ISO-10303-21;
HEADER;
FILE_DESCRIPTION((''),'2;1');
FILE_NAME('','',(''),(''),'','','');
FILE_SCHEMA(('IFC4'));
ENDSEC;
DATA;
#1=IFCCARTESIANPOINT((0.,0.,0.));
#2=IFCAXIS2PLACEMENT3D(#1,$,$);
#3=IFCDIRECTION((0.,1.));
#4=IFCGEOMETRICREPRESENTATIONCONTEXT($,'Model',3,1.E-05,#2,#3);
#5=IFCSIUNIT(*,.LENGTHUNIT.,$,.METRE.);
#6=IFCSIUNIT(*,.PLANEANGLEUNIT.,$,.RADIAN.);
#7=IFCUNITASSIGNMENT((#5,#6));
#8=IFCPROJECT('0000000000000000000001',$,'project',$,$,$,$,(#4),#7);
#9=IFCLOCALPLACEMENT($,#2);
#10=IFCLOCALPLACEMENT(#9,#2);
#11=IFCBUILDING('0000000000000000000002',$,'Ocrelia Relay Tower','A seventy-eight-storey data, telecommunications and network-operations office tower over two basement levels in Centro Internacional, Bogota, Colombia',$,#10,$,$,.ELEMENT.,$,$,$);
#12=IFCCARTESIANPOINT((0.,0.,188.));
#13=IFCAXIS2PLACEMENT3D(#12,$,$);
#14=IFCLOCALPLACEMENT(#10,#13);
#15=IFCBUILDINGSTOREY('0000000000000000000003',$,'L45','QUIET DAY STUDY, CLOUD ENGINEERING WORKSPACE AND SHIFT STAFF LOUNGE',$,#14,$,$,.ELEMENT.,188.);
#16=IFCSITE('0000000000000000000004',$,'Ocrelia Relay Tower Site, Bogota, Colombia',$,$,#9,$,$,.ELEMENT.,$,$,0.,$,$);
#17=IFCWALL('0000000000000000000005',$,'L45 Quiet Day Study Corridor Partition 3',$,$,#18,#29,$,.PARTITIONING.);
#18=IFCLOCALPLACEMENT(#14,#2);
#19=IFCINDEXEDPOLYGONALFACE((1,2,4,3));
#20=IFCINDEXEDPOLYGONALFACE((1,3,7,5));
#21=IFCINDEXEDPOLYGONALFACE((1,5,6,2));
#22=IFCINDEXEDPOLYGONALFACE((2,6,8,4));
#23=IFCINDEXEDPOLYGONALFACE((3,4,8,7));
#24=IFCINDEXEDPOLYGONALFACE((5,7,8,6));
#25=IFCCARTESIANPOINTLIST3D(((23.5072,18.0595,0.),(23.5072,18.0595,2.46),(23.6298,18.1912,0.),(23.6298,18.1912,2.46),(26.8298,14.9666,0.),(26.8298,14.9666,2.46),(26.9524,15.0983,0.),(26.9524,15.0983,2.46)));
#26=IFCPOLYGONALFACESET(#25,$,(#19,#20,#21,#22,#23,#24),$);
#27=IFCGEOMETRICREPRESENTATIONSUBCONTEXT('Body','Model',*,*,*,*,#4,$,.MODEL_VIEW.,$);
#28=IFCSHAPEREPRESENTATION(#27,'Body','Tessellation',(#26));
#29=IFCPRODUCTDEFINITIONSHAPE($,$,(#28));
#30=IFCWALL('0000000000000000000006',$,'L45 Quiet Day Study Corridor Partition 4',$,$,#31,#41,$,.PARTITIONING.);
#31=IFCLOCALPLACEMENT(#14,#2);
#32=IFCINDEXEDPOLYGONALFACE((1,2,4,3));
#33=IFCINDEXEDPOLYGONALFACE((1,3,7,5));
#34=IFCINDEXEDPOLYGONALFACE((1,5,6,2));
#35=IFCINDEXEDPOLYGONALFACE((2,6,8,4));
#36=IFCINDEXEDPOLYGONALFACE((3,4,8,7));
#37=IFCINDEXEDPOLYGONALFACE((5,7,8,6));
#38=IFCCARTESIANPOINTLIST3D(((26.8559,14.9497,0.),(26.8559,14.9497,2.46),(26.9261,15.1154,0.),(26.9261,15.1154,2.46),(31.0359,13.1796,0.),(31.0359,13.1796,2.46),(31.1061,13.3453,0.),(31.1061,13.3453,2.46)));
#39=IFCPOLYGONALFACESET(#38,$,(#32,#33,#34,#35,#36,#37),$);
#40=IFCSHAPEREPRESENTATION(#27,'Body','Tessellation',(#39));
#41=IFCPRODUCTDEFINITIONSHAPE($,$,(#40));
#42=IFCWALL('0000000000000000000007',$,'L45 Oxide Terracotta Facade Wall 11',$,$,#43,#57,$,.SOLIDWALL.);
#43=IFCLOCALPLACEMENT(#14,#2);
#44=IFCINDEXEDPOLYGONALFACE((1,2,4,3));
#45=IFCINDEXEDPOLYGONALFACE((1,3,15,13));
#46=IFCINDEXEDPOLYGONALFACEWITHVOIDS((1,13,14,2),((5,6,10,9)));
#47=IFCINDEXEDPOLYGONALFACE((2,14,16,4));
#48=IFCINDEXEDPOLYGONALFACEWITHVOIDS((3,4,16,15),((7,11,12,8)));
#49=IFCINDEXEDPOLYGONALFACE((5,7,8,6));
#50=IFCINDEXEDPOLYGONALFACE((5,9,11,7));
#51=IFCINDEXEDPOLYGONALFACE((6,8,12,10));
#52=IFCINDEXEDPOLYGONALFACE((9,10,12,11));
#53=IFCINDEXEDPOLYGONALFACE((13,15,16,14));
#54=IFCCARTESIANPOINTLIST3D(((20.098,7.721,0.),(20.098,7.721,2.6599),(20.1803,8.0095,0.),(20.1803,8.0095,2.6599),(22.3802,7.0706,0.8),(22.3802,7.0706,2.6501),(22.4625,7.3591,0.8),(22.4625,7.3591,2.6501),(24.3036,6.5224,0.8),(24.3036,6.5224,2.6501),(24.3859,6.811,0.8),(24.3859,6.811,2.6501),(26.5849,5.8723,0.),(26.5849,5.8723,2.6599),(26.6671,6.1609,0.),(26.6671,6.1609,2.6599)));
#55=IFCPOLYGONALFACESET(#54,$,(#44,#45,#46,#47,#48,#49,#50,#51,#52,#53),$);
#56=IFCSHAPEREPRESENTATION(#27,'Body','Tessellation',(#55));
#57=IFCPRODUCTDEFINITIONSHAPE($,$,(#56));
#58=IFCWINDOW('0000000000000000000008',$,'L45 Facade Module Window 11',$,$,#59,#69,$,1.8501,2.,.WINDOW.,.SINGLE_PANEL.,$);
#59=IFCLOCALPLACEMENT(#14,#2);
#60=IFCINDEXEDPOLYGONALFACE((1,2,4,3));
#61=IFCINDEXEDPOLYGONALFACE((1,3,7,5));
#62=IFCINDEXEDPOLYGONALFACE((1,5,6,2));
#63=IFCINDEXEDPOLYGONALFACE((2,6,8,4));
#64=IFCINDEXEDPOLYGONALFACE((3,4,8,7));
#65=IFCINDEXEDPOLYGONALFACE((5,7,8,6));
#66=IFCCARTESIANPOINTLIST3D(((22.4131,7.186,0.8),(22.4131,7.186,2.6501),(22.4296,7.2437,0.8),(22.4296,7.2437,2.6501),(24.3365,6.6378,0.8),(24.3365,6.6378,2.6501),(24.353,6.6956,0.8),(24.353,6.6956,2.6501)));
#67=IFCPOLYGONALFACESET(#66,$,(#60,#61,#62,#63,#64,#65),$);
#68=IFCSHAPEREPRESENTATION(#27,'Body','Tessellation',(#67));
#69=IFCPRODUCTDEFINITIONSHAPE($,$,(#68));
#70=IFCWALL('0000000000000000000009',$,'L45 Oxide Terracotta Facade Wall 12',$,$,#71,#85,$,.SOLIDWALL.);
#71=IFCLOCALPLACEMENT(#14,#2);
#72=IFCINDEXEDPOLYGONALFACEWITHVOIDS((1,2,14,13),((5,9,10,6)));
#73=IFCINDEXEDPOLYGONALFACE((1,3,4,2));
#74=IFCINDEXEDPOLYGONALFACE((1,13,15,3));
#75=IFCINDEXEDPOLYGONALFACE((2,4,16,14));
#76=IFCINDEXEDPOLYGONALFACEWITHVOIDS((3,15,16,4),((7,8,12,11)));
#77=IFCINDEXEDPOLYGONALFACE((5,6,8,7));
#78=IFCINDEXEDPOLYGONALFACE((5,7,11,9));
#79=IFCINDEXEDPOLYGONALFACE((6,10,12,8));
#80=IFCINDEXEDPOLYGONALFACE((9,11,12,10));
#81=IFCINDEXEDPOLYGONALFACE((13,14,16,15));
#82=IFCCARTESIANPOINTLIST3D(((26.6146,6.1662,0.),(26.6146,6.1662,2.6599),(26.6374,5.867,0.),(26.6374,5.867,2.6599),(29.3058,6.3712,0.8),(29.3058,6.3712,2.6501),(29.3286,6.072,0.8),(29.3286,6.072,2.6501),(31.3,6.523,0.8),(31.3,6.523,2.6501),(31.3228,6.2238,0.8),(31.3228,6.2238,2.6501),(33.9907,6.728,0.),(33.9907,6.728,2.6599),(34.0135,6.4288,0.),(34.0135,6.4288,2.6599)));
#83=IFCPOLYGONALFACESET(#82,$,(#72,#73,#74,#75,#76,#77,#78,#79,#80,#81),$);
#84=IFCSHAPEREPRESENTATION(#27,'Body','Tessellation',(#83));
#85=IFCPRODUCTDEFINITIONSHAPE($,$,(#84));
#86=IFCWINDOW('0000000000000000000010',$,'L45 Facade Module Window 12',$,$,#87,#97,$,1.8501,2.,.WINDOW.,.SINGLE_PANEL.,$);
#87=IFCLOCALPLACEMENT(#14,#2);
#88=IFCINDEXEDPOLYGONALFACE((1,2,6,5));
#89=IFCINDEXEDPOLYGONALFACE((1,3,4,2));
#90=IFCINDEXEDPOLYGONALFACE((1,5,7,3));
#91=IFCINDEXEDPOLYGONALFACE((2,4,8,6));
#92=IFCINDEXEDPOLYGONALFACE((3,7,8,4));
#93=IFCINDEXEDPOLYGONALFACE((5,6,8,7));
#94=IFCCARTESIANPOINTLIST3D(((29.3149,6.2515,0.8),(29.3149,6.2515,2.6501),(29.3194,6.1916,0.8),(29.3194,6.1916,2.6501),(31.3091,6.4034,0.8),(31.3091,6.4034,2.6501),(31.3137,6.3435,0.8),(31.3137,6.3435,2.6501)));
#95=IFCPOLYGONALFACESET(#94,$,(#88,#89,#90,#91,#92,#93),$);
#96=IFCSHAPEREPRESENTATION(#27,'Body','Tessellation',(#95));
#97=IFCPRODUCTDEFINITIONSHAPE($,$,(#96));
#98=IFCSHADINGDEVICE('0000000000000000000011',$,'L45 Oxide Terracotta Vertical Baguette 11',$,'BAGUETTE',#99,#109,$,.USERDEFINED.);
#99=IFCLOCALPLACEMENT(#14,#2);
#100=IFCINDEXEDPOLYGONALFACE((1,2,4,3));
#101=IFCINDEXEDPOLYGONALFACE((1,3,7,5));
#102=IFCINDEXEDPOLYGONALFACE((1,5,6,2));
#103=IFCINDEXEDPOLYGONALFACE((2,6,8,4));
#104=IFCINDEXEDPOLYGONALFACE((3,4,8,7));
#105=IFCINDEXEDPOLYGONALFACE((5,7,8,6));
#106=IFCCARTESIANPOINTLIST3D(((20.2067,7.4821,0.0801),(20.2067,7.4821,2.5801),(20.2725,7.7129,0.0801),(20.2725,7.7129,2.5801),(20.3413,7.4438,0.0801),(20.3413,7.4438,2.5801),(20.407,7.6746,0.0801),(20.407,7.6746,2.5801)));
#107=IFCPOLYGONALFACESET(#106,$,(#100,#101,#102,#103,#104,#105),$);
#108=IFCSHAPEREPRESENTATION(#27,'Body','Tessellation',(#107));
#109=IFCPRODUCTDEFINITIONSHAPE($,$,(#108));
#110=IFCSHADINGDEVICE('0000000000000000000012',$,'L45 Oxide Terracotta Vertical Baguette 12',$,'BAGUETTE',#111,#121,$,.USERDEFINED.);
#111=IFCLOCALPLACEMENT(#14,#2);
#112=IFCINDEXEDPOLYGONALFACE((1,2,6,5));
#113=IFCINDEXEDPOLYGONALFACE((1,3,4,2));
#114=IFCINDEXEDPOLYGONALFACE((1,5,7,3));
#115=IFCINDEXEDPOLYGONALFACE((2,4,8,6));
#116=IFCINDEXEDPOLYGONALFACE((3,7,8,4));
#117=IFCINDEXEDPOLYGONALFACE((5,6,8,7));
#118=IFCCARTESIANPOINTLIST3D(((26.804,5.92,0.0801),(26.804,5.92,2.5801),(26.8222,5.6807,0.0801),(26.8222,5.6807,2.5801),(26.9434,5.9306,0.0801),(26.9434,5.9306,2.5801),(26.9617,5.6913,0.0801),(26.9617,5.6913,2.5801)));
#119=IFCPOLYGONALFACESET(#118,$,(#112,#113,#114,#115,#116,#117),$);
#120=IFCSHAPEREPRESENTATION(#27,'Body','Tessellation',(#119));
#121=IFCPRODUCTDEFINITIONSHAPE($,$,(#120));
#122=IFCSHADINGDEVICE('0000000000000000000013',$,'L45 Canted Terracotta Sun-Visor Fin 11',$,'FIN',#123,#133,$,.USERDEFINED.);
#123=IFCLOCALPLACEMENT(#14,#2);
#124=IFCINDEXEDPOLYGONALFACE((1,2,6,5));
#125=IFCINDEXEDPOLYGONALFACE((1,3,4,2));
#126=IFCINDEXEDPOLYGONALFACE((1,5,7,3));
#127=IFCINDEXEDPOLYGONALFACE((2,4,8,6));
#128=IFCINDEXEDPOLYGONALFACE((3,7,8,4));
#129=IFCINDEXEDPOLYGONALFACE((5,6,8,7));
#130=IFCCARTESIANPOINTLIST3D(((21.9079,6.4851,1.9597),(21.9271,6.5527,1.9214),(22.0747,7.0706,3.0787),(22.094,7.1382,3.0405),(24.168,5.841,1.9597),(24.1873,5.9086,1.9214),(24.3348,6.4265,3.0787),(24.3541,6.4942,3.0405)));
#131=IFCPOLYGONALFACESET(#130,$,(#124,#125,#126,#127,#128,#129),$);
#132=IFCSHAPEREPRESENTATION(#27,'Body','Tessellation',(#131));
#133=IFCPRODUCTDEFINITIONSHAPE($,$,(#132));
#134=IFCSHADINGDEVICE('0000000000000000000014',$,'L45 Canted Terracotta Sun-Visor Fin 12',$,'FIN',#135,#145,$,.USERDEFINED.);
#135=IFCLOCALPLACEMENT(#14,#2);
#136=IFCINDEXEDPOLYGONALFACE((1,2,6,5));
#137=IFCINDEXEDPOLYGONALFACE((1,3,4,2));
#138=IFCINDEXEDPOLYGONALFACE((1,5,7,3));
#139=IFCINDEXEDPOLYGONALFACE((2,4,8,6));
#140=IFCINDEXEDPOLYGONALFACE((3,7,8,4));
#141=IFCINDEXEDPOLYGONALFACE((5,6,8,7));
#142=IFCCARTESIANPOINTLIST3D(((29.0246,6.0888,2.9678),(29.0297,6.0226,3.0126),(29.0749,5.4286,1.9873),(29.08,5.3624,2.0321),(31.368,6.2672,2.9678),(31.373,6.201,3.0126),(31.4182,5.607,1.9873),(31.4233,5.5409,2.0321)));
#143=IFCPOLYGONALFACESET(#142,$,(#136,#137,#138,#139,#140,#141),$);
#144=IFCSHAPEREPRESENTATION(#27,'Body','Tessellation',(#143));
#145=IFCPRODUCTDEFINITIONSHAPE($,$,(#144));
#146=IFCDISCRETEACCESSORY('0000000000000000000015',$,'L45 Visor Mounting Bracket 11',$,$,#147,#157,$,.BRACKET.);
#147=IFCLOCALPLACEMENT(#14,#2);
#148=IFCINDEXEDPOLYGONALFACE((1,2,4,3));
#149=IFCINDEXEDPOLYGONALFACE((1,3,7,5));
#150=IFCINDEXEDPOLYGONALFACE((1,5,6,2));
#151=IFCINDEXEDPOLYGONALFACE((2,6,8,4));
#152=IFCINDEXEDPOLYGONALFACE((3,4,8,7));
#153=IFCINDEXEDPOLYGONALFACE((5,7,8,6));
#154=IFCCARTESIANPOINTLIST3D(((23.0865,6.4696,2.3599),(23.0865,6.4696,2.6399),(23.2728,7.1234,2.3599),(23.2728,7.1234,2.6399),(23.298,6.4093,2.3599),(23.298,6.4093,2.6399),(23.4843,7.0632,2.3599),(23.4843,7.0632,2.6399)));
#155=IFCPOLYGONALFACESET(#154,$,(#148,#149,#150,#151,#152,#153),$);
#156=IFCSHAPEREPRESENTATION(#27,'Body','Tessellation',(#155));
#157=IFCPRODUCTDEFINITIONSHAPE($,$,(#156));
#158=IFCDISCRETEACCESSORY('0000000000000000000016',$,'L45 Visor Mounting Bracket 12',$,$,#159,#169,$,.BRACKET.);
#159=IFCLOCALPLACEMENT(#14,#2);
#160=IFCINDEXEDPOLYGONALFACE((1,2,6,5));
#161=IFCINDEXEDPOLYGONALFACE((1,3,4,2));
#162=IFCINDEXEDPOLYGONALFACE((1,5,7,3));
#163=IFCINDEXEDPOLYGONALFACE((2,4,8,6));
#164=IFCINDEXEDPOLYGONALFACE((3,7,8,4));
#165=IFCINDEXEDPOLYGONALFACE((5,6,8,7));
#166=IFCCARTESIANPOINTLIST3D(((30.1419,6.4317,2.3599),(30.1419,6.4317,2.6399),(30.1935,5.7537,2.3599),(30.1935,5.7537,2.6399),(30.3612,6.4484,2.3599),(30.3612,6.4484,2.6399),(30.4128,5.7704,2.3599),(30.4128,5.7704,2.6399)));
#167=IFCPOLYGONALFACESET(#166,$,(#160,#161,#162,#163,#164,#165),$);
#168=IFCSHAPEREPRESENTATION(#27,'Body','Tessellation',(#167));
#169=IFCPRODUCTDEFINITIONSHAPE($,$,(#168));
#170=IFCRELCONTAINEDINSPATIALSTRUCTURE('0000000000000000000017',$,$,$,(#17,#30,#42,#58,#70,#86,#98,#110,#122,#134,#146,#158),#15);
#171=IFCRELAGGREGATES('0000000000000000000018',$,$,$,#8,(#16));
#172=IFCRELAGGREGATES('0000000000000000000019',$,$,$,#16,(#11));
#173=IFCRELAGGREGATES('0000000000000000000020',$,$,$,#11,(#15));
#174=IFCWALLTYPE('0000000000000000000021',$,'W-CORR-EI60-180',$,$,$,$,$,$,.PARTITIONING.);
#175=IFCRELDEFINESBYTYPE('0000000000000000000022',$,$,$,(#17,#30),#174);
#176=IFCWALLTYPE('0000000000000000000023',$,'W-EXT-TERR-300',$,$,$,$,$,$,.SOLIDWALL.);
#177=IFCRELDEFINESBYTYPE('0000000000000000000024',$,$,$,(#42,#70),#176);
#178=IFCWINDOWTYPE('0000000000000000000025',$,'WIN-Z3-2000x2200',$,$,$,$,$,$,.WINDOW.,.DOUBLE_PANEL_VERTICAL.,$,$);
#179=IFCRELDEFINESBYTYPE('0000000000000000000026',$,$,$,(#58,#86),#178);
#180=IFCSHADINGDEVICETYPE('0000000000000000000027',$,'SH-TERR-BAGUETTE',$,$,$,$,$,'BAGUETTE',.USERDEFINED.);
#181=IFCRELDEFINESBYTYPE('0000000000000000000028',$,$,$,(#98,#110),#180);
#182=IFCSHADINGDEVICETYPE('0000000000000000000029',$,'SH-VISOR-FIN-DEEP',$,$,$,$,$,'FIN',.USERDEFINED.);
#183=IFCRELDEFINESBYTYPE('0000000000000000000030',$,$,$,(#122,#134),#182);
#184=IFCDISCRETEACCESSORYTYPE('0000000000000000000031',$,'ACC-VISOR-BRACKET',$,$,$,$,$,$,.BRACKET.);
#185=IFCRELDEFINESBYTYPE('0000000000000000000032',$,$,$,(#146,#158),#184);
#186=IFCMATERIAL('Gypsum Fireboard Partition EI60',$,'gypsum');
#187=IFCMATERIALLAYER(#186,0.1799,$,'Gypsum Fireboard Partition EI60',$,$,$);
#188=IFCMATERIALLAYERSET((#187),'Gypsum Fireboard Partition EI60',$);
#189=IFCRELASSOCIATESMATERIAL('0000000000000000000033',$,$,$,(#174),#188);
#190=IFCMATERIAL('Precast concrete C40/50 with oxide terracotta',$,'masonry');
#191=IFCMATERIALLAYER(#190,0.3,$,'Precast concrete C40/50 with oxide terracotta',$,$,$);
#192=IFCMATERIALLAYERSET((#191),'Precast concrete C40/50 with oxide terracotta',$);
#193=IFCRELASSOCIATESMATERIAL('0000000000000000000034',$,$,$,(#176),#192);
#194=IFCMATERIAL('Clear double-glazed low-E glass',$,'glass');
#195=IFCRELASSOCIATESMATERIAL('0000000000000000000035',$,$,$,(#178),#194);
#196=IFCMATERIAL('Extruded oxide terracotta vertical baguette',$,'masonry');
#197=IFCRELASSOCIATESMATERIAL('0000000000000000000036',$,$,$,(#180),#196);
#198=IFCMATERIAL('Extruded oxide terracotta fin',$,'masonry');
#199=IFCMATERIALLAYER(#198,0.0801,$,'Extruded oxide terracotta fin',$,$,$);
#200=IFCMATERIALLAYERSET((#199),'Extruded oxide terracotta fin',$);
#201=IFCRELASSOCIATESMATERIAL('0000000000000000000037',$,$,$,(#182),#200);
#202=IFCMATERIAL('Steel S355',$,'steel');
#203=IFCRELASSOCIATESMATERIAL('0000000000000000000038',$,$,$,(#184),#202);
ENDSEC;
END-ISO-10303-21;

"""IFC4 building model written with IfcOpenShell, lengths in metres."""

from ifc_helpers import new_model, si_unit, direction, frame, frame_2d, origin, origin_2d, place, context, subcontext, project, spatial, rectangle, extrude, material, layer, layer_set, type_object, element, fill, save


model = new_model("IFC4")

# Units and contexts
model_context = context("Model", 3, precision=1e-05, world=origin(), true_north=direction((0.0, 1.0)))
body_context = subcontext(model_context, "Body", "Model", "MODEL_VIEW")
ifc_project = project(units=[si_unit("LENGTHUNIT", "METRE"), si_unit("PLANEANGLEUNIT", "RADIAN")], contexts=[model_context])

# Site, building, storey
site_placement = place(None, origin())
site = spatial("IfcSite", under=ifc_project, at=site_placement, Name="Ocrelia Relay Tower Site, Bogota, Colombia", CompositionType="ELEMENT", RefElevation=0.0)
building_placement = place(site_placement, origin())
building = spatial("IfcBuilding", under=site, at=building_placement, Name="Ocrelia Relay Tower", Description="A seventy-eight-storey data, telecommunications and network-operations office tower over two basement levels in Centro Internacional, Bogota, Colombia", CompositionType="ELEMENT")
storey_placement = place(building_placement, frame((0.0, 0.0, 188.0)))
storey = spatial("IfcBuildingStorey", under=building, at=storey_placement, Name="L45", Description="QUIET DAY STUDY, CLOUD ENGINEERING WORKSPACE AND SHIFT STAFF LOUNGE", CompositionType="ELEMENT", Elevation=188.0)

# Shared definitions
ifc_material_1 = material(Name="Steel S355", Category="steel")

# Walls
ifc_material_2 = material(Name="Gypsum Fireboard Partition EI60", Category="gypsum")
ifc_layer_1 = layer(ifc_material_2, 0.1799, Name="Gypsum Fireboard Partition EI60")
ifc_layer_set_1 = layer_set([ifc_layer_1], Name="Gypsum Fireboard Partition EI60")
wall_type_1 = type_object("IfcWallType", Name="W-CORR-EI60-180", PredefinedType="PARTITIONING", material=ifc_layer_set_1)
for number, where, z_axis, x_axis, name in (
    (1, (23.5686, 18.1252, 0.0), (0.0, 0.0, 1.0), (0.73196, -0.681348, 0.0), "L45 Quiet Day Study Corridor Partition 3"),
    (2, (26.8911, 15.0325, 0.0), (0.0, 0.0, 1.0), (0.920842, -0.389936, 0.0), "L45 Quiet Day Study Corridor Partition 4"),
):
    element("IfcWall", number, at=place(storey_placement, frame(where, z_axis=z_axis, x_axis=x_axis)), inside=storey, type_object=wall_type_1, Name=name, PredefinedType="PARTITIONING", context=body_context, shape_type="SweptSolid", body=[
        extrude(rectangle(XDim=4.5393, YDim=0.1799, at=frame_2d((2.2695, 0.0))), origin(), (0.0, 0.0, 1.0), 2.46),
    ])

# Walls, openings, windows
ifc_material_3 = material(Name="Precast concrete C40/50 with oxide terracotta", Category="masonry")
ifc_layer_2 = layer(ifc_material_3, 0.3, Name="Precast concrete C40/50 with oxide terracotta")
ifc_layer_set_2 = layer_set([ifc_layer_2], Name="Precast concrete C40/50 with oxide terracotta")
wall_type_2 = type_object("IfcWallType", Name="W-EXT-TERR-300", PredefinedType="SOLIDWALL", material=ifc_layer_set_2)
wall_1_placement = place(storey_placement, frame((20.1392, 7.8652, 0.0), z_axis=(0.0, 0.0, 1.0), x_axis=(0.961709, -0.274071, 0.0)))
wall_1 = element("IfcWall", 3, at=wall_1_placement, inside=storey, type_object=wall_type_2, Name="L45 Oxide Terracotta Facade Wall 11", PredefinedType="SOLIDWALL", context=body_context, shape_type="SweptSolid", body=[
    extrude(rectangle(XDim=6.7451, YDim=0.3, at=frame_2d((3.3726, 0.0))), origin(), (0.0, 0.0, 1.0), 2.6599),
])
opening_1_placement = place(wall_1_placement, frame((2.373, 0.0, 0.8)))
opening_1 = element("IfcOpeningElement", 4, at=opening_1_placement, cuts=wall_1, PredefinedType="OPENING", context=body_context, shape_type="SweptSolid", body=[
    extrude(rectangle(XDim=2.0, YDim=1.8501, at=frame_2d((1.0, 0.925))), frame((0.0, 0.1602, 0.0), z_axis=(0.0, -1.0, 0.0), x_axis=(1.0, 0.0, 0.0)), (0.0, 0.0, 1.0), 0.3201),
])
ifc_material_4 = material(Name="Clear double-glazed low-E glass", Category="glass")
window_type = type_object("IfcWindowType", Name="WIN-Z3-2000x2200", PartitioningType="DOUBLE_PANEL_VERTICAL", PredefinedType="WINDOW", material=ifc_material_4)
window_1_placement = place(opening_1_placement, origin())
window_1 = element("IfcWindow", 5, at=window_1_placement, inside=storey, type_object=window_type, Name="L45 Facade Module Window 11", OverallHeight=1.8501, OverallWidth=2.0, PartitioningType="SINGLE_PANEL", PredefinedType="WINDOW", context=body_context, shape_type="SweptSolid", body=[
    extrude(rectangle(XDim=2.0, YDim=1.8501, at=frame_2d((1.0, 0.925))), frame((0.0, 0.03, 0.0), z_axis=(0.0, -1.0, 0.0), x_axis=(1.0, 0.0, 0.0)), (0.0, 0.0, 1.0), 0.0601),
])
fill(opening_1, window_1)
wall_2_placement = place(storey_placement, frame((26.626, 6.0166, 0.0), z_axis=(0.0, 0.0, 1.0), x_axis=(0.997112, 0.075939, 0.0)))
wall_2 = element("IfcWall", 6, at=wall_2_placement, inside=storey, type_object=wall_type_2, Name="L45 Oxide Terracotta Facade Wall 12", PredefinedType="SOLIDWALL", context=body_context, shape_type="SweptSolid", body=[
    extrude(rectangle(XDim=7.3975, YDim=0.3, at=frame_2d((3.6987, 0.0))), origin(), (0.0, 0.0, 1.0), 2.6599),
])
opening_2_placement = place(wall_2_placement, frame((2.699, 0.0, 0.8)))
opening_2 = element("IfcOpeningElement", 7, at=opening_2_placement, cuts=wall_2, PredefinedType="OPENING", context=body_context, shape_type="SweptSolid", body=[
    extrude(rectangle(XDim=2.0, YDim=1.8501, at=frame_2d((1.0, 0.925))), frame((0.0, 0.1602, 0.0), z_axis=(0.0, -1.0, 0.0), x_axis=(1.0, 0.0, 0.0)), (0.0, 0.0, 1.0), 0.3201),
])
window_2_placement = place(opening_2_placement, origin())
window_2 = element("IfcWindow", 8, at=window_2_placement, inside=storey, type_object=window_type, Name="L45 Facade Module Window 12", OverallHeight=1.8501, OverallWidth=2.0, PartitioningType="SINGLE_PANEL", PredefinedType="WINDOW", context=body_context, shape_type="SweptSolid", body=[
    extrude(rectangle(XDim=2.0, YDim=1.8501, at=frame_2d((1.0, 0.925))), frame((0.0, 0.03, 0.0), z_axis=(0.0, -1.0, 0.0), x_axis=(1.0, 0.0, 0.0)), (0.0, 0.0, 1.0), 0.0601),
])
fill(opening_2, window_2)

# Shading devices
ifc_material_5 = material(Name="Extruded oxide terracotta vertical baguette", Category="masonry")
shading_device_type_1 = type_object("IfcShadingDeviceType", Name="SH-TERR-BAGUETTE", ElementType="BAGUETTE", PredefinedType="USERDEFINED", material=ifc_material_5)
for number, where, z_axis, x_axis, name in (
    (9, (20.3069, 7.5784, 0.0801), (0.0, 0.0, 1.0), (0.961711, -0.274067, 0.0), "L45 Oxide Terracotta Vertical Baguette 11"),
    (10, (26.8828, 5.8057, 0.0801), (0.0, 0.0, 1.0), (0.997113, 0.07593, 0.0), "L45 Oxide Terracotta Vertical Baguette 12"),
):
    element("IfcShadingDevice", number, at=place(storey_placement, frame(where, z_axis=z_axis, x_axis=x_axis)), inside=storey, type_object=shading_device_type_1, Name=name, ObjectType="BAGUETTE", PredefinedType="USERDEFINED", context=body_context, shape_type="SweptSolid", body=[
        extrude(rectangle(XDim=0.1399, YDim=0.24, at=origin_2d()), origin(), (0.0, 0.0, 1.0), 2.5),
    ])
ifc_material_6 = material(Name="Extruded oxide terracotta fin", Category="masonry")
ifc_layer_3 = layer(ifc_material_6, 0.0801, Name="Extruded oxide terracotta fin")
ifc_layer_set_3 = layer_set([ifc_layer_3], Name="Extruded oxide terracotta fin")
shading_device_type_2 = type_object("IfcShadingDeviceType", Name="SH-VISOR-FIN-DEEP", ElementType="FIN", PredefinedType="USERDEFINED", material=ifc_layer_set_3)
shading_device_1_placement = place(storey_placement, frame((23.1406, 6.5234, 2.481), z_axis=(-0.240741, -0.844767, 0.477925), x_axis=(0.961711, -0.274067, 0.0)))
element("IfcShadingDevice", 11, at=shading_device_1_placement, inside=storey, type_object=shading_device_type_2, Name="L45 Canted Terracotta Sun-Visor Fin 11", ObjectType="FIN", PredefinedType="USERDEFINED", context=body_context, shape_type="SweptSolid", body=[
    extrude(rectangle(XDim=2.3501, YDim=1.2739, at=origin_2d()), origin(), (0.0, 0.0, 1.0), 0.0801),
])
shading_device_2_placement = place(storey_placement, frame((30.2214, 5.8479, 2.4775), z_axis=(0.062927, -0.826352, 0.559627), x_axis=(0.997113, 0.07593, 0.0)))
element("IfcShadingDevice", 12, at=shading_device_2_placement, inside=storey, type_object=shading_device_type_2, Name="L45 Canted Terracotta Sun-Visor Fin 12", ObjectType="FIN", PredefinedType="USERDEFINED", context=body_context, shape_type="SweptSolid", body=[
    extrude(rectangle(XDim=2.3501, YDim=1.1831, at=origin_2d()), origin(), (0.0, 0.0, 1.0), 0.0801),
])

# Discrete accessories
discrete_accessory_type = type_object("IfcDiscreteAccessoryType", Name="ACC-VISOR-BRACKET", PredefinedType="BRACKET", material=ifc_material_1)
for number, where, z_axis, x_axis, name in (
    (13, (23.2854, 6.7664, 2.3599), (0.0, 0.0, 1.0), (0.961711, -0.274067, 0.0), "L45 Visor Mounting Bracket 11"),
    (14, (30.2773, 6.1011, 2.3599), (0.0, 0.0, 1.0), (0.997113, 0.07593, 0.0), "L45 Visor Mounting Bracket 12"),
):
    element("IfcDiscreteAccessory", number, at=place(storey_placement, frame(where, z_axis=z_axis, x_axis=x_axis)), inside=storey, type_object=discrete_accessory_type, Name=name, PredefinedType="BRACKET", context=body_context, shape_type="SweptSolid", body=[
        extrude(rectangle(XDim=0.22, YDim=0.6799, at=origin_2d()), origin(), (0.0, 0.0, 1.0), 0.28),
    ])

save(model, "model.ifc")
